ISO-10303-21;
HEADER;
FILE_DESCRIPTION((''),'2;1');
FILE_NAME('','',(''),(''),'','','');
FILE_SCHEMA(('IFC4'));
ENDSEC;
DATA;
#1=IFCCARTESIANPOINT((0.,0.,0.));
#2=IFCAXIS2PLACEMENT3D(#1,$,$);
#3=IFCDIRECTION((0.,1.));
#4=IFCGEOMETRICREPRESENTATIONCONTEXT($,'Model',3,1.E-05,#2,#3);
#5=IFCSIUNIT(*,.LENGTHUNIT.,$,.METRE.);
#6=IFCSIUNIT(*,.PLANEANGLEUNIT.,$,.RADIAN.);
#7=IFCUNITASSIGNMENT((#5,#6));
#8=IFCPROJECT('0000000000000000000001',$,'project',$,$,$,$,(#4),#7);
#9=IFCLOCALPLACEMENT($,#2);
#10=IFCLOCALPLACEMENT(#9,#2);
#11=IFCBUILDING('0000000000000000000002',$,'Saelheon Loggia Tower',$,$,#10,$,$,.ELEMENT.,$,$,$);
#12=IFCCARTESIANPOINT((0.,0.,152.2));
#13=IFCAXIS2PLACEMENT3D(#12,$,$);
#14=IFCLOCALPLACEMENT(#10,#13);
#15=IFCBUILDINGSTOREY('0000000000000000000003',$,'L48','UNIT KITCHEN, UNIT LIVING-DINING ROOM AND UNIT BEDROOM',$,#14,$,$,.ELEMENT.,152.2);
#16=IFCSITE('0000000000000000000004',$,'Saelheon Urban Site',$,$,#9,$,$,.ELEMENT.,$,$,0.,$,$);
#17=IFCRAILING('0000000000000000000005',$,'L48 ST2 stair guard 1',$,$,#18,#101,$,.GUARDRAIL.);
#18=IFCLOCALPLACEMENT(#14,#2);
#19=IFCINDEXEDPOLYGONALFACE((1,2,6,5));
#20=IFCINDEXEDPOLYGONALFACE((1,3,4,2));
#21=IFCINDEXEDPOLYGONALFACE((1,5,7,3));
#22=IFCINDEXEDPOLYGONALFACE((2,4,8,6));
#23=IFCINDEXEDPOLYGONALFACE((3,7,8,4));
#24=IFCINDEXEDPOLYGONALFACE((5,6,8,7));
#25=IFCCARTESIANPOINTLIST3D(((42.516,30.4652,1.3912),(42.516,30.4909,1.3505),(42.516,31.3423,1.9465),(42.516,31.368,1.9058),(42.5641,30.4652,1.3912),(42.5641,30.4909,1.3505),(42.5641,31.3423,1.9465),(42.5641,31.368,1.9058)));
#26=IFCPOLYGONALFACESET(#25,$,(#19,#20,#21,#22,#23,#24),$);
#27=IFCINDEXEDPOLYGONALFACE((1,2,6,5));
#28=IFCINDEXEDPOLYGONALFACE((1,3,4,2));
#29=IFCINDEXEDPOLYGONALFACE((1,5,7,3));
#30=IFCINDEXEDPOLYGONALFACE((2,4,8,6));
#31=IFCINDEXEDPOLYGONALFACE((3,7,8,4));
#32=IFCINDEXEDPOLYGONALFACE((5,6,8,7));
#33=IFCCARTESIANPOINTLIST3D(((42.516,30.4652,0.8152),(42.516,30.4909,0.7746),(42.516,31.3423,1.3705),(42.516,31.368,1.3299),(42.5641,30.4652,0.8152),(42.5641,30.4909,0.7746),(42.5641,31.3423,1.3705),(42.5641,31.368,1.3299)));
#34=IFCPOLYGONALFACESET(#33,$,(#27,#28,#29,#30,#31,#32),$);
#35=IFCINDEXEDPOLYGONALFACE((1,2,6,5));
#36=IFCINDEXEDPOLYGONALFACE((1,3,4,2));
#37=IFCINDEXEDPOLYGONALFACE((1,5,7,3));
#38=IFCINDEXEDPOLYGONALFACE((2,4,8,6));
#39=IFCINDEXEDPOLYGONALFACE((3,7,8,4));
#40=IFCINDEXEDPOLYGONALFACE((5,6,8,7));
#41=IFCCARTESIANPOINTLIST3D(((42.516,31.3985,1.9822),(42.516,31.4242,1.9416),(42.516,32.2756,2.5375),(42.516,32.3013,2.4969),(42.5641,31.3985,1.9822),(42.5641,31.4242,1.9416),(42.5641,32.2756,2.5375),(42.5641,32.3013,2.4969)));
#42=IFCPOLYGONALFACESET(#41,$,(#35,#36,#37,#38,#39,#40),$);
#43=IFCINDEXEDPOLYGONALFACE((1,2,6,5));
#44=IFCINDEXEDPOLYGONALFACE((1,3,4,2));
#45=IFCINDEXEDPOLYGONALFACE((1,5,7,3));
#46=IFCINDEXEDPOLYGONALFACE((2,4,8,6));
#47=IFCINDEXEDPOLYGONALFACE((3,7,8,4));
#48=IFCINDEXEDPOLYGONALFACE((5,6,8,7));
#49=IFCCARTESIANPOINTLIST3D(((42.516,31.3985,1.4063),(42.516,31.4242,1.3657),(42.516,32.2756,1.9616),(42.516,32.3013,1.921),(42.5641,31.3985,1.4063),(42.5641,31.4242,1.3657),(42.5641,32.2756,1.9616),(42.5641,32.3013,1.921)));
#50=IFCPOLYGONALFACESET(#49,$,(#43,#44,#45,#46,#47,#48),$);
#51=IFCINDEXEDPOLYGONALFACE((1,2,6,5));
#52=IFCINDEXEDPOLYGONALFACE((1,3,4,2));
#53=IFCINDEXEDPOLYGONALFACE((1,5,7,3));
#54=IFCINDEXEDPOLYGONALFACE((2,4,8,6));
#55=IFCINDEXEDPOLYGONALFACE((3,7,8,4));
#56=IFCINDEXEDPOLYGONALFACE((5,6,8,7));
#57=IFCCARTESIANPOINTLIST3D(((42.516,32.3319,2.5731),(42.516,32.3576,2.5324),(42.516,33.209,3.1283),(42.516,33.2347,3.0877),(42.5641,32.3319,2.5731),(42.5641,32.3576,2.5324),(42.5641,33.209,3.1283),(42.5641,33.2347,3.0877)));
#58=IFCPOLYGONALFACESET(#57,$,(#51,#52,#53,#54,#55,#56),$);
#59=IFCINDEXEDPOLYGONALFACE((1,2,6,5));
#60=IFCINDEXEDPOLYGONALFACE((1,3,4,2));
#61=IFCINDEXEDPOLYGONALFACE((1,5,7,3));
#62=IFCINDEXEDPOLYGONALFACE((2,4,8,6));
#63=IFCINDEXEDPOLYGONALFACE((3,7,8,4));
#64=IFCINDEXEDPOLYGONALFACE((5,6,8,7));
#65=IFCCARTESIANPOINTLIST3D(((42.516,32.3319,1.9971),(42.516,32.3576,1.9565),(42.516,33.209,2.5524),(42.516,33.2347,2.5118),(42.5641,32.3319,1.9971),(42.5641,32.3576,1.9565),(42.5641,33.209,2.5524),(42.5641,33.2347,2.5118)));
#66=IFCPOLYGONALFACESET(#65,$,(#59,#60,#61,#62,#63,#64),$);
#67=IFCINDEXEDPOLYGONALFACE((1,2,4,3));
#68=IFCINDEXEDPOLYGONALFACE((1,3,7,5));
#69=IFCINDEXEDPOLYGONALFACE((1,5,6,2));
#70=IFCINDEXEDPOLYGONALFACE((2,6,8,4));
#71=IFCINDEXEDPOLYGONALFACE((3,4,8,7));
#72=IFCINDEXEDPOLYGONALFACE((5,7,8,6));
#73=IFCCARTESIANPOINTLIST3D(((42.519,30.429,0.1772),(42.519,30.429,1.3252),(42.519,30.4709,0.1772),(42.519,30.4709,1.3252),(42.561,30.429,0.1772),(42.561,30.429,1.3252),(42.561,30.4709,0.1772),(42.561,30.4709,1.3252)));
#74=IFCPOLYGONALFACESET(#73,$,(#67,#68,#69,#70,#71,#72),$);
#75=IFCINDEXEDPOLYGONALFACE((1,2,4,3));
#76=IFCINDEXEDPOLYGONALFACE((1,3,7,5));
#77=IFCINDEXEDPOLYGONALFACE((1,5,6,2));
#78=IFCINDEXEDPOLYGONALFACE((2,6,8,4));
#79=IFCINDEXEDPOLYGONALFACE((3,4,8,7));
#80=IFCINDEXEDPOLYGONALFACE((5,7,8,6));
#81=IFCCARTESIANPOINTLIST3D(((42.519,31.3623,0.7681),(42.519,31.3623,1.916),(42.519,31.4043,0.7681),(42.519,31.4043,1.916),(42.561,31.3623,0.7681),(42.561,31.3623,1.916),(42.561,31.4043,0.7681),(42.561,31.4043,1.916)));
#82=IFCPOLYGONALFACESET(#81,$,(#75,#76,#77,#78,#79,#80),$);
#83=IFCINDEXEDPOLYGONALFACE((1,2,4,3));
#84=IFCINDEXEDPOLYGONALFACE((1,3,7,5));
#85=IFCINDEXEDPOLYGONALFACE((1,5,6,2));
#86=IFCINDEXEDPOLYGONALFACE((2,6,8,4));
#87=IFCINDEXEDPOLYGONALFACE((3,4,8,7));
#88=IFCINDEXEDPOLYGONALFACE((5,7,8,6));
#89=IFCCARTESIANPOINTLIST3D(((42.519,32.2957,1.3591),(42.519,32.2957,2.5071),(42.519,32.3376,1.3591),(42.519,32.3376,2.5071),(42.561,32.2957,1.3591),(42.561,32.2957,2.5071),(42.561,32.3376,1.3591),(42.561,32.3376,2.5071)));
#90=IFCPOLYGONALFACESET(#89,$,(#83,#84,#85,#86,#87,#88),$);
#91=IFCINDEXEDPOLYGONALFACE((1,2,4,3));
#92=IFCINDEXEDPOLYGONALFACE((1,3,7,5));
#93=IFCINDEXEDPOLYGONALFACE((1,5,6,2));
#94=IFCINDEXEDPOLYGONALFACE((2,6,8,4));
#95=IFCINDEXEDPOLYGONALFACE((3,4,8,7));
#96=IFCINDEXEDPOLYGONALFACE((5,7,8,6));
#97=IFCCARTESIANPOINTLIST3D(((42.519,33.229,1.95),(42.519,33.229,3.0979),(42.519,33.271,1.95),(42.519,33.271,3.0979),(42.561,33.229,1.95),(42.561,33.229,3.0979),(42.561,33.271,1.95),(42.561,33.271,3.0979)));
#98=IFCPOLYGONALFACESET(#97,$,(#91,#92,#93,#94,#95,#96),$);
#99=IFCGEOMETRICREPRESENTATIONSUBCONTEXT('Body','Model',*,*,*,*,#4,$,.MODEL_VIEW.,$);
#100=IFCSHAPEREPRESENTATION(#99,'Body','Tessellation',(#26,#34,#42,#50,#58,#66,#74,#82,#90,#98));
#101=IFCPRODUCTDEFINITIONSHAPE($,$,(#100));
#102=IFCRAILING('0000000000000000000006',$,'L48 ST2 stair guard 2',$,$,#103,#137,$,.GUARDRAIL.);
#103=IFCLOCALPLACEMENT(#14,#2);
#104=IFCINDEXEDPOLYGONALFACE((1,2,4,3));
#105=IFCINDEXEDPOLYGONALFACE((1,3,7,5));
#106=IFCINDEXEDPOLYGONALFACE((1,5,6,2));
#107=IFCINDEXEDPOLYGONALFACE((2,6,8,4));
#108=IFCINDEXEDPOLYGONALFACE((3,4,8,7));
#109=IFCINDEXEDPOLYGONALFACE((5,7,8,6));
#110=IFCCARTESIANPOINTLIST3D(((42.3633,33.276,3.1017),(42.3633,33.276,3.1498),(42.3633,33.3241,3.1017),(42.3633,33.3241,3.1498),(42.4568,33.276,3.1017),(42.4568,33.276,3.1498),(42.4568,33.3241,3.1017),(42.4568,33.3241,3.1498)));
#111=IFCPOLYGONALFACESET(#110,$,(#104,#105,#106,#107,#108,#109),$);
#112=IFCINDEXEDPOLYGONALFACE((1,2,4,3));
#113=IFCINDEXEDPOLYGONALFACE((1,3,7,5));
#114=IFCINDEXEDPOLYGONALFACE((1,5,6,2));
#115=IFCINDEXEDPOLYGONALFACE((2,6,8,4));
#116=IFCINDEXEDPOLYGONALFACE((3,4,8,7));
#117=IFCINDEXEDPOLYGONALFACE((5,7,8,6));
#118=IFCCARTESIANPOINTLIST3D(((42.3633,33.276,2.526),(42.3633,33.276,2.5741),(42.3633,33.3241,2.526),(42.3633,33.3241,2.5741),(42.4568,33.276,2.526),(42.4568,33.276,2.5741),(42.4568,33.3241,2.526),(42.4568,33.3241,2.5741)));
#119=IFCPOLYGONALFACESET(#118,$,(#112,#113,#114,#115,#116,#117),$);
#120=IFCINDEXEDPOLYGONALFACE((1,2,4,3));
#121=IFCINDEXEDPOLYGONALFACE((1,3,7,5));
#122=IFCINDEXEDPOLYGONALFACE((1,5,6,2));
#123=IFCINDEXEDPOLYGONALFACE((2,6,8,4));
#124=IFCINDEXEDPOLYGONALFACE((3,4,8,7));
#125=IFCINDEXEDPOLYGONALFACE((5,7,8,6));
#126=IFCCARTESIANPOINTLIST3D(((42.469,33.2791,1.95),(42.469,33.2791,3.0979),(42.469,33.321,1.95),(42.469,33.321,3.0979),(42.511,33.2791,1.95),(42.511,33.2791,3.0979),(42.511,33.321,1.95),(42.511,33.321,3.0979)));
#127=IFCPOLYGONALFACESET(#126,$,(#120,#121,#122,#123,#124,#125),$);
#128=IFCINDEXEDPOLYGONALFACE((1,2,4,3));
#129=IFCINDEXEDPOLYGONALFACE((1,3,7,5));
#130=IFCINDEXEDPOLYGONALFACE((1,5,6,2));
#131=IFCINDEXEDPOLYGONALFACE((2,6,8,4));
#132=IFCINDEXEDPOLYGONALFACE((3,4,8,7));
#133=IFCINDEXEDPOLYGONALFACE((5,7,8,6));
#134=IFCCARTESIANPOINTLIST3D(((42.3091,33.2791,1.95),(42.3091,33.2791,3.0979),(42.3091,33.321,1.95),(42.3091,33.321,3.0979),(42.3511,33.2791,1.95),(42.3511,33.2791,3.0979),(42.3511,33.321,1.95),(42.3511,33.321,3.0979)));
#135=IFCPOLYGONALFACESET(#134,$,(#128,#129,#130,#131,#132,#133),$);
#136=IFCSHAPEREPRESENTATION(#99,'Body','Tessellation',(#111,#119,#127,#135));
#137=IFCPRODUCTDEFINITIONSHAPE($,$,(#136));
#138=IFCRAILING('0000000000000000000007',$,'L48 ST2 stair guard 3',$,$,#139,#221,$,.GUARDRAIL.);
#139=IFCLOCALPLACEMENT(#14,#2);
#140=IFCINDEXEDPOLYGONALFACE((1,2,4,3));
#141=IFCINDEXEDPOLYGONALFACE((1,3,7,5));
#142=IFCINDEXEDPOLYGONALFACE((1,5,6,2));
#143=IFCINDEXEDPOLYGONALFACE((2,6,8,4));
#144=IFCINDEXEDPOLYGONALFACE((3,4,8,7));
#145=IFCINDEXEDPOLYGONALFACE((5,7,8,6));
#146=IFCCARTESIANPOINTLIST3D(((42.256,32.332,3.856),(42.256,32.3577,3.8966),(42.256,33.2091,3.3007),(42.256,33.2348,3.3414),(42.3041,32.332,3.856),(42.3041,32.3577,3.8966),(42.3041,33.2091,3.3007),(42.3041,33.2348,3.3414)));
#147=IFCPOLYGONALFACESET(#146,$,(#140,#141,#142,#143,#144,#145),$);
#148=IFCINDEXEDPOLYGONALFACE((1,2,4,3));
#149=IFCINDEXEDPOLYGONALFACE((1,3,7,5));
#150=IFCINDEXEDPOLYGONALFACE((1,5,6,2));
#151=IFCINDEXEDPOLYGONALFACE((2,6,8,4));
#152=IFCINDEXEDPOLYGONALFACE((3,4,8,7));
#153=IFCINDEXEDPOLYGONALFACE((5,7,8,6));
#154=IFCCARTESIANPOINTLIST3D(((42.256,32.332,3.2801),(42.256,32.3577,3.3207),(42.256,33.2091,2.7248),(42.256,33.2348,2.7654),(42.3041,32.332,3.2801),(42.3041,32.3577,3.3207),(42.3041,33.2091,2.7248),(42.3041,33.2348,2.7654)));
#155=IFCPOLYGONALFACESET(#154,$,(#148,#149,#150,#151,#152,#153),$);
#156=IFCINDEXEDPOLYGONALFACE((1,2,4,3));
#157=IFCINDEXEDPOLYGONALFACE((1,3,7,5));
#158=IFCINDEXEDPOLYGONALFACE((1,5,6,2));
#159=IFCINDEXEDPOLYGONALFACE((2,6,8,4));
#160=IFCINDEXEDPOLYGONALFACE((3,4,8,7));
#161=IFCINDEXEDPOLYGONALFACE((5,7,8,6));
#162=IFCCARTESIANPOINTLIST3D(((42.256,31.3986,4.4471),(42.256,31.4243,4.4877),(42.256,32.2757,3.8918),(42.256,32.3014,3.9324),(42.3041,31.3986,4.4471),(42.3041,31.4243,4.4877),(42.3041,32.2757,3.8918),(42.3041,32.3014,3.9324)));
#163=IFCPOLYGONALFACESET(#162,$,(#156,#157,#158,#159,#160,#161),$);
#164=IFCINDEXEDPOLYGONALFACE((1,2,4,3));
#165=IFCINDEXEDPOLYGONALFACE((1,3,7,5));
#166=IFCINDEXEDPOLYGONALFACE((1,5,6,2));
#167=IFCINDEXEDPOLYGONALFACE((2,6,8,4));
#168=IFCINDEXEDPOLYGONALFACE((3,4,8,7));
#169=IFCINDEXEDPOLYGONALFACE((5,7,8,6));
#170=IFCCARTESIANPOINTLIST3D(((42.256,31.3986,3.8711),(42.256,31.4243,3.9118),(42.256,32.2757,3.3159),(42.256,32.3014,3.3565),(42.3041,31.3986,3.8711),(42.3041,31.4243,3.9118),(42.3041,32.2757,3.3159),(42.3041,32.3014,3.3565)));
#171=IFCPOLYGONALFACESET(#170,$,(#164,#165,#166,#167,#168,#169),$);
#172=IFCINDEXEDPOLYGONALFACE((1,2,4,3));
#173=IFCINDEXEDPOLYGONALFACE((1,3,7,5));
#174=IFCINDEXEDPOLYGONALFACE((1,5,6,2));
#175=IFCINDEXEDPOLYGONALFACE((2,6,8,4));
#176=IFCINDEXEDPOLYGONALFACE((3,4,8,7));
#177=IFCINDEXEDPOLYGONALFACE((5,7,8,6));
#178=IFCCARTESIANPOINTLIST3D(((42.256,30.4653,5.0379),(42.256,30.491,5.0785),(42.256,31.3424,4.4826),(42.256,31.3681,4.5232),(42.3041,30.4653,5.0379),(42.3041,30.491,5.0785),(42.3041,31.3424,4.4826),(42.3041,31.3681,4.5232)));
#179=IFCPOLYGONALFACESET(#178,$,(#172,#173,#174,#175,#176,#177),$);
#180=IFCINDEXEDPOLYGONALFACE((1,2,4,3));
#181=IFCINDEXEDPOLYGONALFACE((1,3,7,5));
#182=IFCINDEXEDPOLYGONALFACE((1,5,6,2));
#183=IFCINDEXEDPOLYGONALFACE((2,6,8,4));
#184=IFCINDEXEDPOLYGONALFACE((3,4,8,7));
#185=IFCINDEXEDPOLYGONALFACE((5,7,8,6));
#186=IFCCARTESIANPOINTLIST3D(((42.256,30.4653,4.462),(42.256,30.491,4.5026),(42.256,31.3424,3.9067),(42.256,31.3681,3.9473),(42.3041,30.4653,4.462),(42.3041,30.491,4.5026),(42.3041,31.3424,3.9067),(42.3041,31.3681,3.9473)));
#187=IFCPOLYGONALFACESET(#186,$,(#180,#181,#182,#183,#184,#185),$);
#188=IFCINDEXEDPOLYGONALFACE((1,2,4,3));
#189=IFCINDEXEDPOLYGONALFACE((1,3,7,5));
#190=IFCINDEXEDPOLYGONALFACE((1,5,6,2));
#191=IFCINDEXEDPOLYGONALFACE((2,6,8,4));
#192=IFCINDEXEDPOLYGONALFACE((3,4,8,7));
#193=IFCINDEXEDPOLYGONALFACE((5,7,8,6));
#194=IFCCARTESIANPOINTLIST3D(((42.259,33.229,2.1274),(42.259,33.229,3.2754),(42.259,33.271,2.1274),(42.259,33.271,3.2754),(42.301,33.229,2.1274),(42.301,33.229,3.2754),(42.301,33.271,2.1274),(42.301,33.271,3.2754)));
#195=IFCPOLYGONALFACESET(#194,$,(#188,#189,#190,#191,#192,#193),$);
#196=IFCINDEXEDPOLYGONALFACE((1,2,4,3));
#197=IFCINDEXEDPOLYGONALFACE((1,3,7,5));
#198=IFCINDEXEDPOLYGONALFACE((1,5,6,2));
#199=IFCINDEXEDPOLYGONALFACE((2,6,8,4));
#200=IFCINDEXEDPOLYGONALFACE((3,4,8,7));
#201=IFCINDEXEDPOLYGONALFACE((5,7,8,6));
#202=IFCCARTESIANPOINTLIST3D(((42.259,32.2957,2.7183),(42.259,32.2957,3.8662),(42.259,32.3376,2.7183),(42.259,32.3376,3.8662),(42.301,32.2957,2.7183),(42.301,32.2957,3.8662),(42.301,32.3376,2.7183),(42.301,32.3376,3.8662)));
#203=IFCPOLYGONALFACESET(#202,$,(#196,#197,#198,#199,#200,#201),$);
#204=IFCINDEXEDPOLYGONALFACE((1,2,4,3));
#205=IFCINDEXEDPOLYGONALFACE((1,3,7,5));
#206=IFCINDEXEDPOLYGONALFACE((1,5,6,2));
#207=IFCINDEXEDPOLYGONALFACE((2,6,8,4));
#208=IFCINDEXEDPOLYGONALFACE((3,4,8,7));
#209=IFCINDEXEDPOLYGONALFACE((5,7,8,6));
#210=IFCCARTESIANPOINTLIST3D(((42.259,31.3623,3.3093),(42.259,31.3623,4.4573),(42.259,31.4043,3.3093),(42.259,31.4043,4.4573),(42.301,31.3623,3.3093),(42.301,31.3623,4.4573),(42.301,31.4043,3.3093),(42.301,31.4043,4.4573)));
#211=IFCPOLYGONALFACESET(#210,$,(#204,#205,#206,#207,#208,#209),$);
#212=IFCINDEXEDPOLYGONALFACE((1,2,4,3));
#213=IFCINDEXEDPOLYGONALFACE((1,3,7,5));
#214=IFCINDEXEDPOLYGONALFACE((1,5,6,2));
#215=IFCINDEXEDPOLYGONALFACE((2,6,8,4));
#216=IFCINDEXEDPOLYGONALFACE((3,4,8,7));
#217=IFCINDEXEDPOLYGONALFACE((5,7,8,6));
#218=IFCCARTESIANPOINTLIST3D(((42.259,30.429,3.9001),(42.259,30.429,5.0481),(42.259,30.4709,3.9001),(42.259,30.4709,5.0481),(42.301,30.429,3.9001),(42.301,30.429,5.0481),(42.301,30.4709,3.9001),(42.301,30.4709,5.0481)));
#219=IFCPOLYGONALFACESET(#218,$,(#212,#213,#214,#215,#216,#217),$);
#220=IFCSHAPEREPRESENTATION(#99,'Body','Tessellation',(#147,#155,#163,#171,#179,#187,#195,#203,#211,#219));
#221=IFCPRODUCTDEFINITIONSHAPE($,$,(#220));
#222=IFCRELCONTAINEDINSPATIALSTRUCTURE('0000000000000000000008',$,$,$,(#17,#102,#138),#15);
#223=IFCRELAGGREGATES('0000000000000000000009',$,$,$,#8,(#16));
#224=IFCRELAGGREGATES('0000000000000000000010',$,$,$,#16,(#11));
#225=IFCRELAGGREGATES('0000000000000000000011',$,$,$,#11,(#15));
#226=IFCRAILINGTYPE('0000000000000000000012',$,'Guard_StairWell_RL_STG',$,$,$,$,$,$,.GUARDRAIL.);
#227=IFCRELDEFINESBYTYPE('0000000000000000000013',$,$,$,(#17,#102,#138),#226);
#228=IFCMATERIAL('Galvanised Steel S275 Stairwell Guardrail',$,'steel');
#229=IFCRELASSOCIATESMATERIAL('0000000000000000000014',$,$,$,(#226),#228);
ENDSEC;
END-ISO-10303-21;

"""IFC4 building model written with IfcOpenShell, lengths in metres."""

from ifc_helpers import new_model, si_unit, direction, frame, origin, origin_2d, place, context, subcontext, project, spatial, rectangle, extrude, material, type_object, element, save


model = new_model("IFC4")

# Units and contexts
model_context = context("Model", 3, precision=1e-05, world=origin(), true_north=direction((0.0, 1.0)))
body_context = subcontext(model_context, "Body", "Model", "MODEL_VIEW")
ifc_project = project(units=[si_unit("LENGTHUNIT", "METRE"), si_unit("PLANEANGLEUNIT", "RADIAN")], contexts=[model_context])

# Site, building, storey
site_placement = place(None, origin())
site = spatial("IfcSite", under=ifc_project, at=site_placement, Name="Saelheon Urban Site", CompositionType="ELEMENT", RefElevation=0.0)
building_placement = place(site_placement, origin())
building = spatial("IfcBuilding", under=site, at=building_placement, Name="Saelheon Loggia Tower", CompositionType="ELEMENT")
storey_placement = place(building_placement, frame((0.0, 0.0, 152.2)))
storey = spatial("IfcBuildingStorey", under=building, at=storey_placement, Name="L48", Description="UNIT KITCHEN, UNIT LIVING-DINING ROOM AND UNIT BEDROOM", CompositionType="ELEMENT", Elevation=152.2)

# Railings
ifc_material_1 = material(Name="Galvanised Steel S275 Stairwell Guardrail", Category="steel")
railing_type_1 = type_object("IfcRailingType", Name="Guard_StairWell_RL_STG", PredefinedType="GUARDRAIL", material=ifc_material_1)
railing_1_placement = place(storey_placement, frame((42.54, 30.45, 0.1772)))
element("IfcRailing", 1, at=railing_1_placement, inside=storey, type_object=railing_type_1, Name="L48 ST2 stair guard 1", PredefinedType="GUARDRAIL", context=body_context, shape_type="SweptSolid", body=[
    extrude(rectangle(XDim=0.0481, YDim=0.0481, at=origin_2d()), frame((0.0, 0.0281, 1.1936), z_axis=(0.0, 0.844909, 0.53491), x_axis=(-1.0, 0.0, 0.0)), (0.0, 0.0, 1.0), 1.0381),
    extrude(rectangle(XDim=0.0481, YDim=0.0481, at=origin_2d()), frame((0.0, 0.0281, 0.6177), z_axis=(0.0, 0.844909, 0.53491), x_axis=(-1.0, 0.0, 0.0)), (0.0, 0.0, 1.0), 1.0381),
    extrude(rectangle(XDim=0.0481, YDim=0.0481, at=origin_2d()), frame((0.0, 0.9614, 1.7847), z_axis=(0.0, 0.844909, 0.53491), x_axis=(-1.0, 0.0, 0.0)), (0.0, 0.0, 1.0), 1.0381),
    extrude(rectangle(XDim=0.0481, YDim=0.0481, at=origin_2d()), frame((0.0, 0.9614, 1.2087), z_axis=(0.0, 0.844909, 0.53491), x_axis=(-1.0, 0.0, 0.0)), (0.0, 0.0, 1.0), 1.0381),
    extrude(rectangle(XDim=0.0481, YDim=0.0481, at=origin_2d()), frame((0.0, 1.8948, 2.3755), z_axis=(0.0, 0.844909, 0.53491), x_axis=(-1.0, 0.0, 0.0)), (0.0, 0.0, 1.0), 1.0381),
    extrude(rectangle(XDim=0.0481, YDim=0.0481, at=origin_2d()), frame((0.0, 1.8948, 1.7996), z_axis=(0.0, 0.844909, 0.53491), x_axis=(-1.0, 0.0, 0.0)), (0.0, 0.0, 1.0), 1.0381),
    extrude(rectangle(XDim=0.042, YDim=0.042, at=origin_2d()), origin(), (0.0, 0.0, 1.0), 1.1479),
    extrude(rectangle(XDim=0.042, YDim=0.042, at=origin_2d()), frame((0.0, 0.9333, 0.5908)), (0.0, 0.0, 1.0), 1.1479),
    extrude(rectangle(XDim=0.042, YDim=0.042, at=origin_2d()), frame((0.0, 1.8667, 1.1819)), (0.0, 0.0, 1.0), 1.1479),
    extrude(rectangle(XDim=0.042, YDim=0.042, at=origin_2d()), frame((0.0, 2.8, 1.7727)), (0.0, 0.0, 1.0), 1.1479),
])
railing_2_placement = place(storey_placement, frame((42.49, 33.3, 1.95)))
element("IfcRailing", 2, at=railing_2_placement, inside=storey, type_object=railing_type_1, Name="L48 ST2 stair guard 2", PredefinedType="GUARDRAIL", context=body_context, shape_type="SweptSolid", body=[
    extrude(rectangle(XDim=0.0481, YDim=0.0481, at=origin_2d()), frame((-0.0332, 0.0, 1.1758), z_axis=(-1.0, 0.0, 0.0), x_axis=(0.0, -1.0, 0.0)), (0.0, 0.0, 1.0), 0.0935),
    extrude(rectangle(XDim=0.0481, YDim=0.0481, at=origin_2d()), frame((-0.0332, 0.0, 0.6001), z_axis=(-1.0, 0.0, 0.0), x_axis=(0.0, -1.0, 0.0)), (0.0, 0.0, 1.0), 0.0935),
    extrude(rectangle(XDim=0.042, YDim=0.042, at=origin_2d()), origin(), (0.0, 0.0, 1.0), 1.1479),
    extrude(rectangle(XDim=0.042, YDim=0.042, at=origin_2d()), frame((-0.1599, 0.0, 0.0)), (0.0, 0.0, 1.0), 1.1479),
])
railing_3_placement = place(storey_placement, frame((42.28, 33.25, 2.1274)))
element("IfcRailing", 3, at=railing_3_placement, inside=storey, type_object=railing_type_1, Name="L48 ST2 stair guard 3", PredefinedType="GUARDRAIL", context=body_context, shape_type="SweptSolid", body=[
    extrude(rectangle(XDim=0.0481, YDim=0.0481, at=origin_2d()), frame((0.0, -0.0281, 1.1936), z_axis=(0.0, -0.844909, 0.53491), x_axis=(1.0, 0.0, 0.0)), (0.0, 0.0, 1.0), 1.0381),
    extrude(rectangle(XDim=0.0481, YDim=0.0481, at=origin_2d()), frame((0.0, -0.0281, 0.6177), z_axis=(0.0, -0.844909, 0.53491), x_axis=(1.0, 0.0, 0.0)), (0.0, 0.0, 1.0), 1.0381),
    extrude(rectangle(XDim=0.0481, YDim=0.0481, at=origin_2d()), frame((0.0, -0.9614, 1.7847), z_axis=(0.0, -0.844909, 0.53491), x_axis=(1.0, 0.0, 0.0)), (0.0, 0.0, 1.0), 1.0381),
    extrude(rectangle(XDim=0.0481, YDim=0.0481, at=origin_2d()), frame((0.0, -0.9614, 1.2087), z_axis=(0.0, -0.844909, 0.53491), x_axis=(1.0, 0.0, 0.0)), (0.0, 0.0, 1.0), 1.0381),
    extrude(rectangle(XDim=0.0481, YDim=0.0481, at=origin_2d()), frame((0.0, -1.8948, 2.3755), z_axis=(0.0, -0.844909, 0.53491), x_axis=(1.0, 0.0, 0.0)), (0.0, 0.0, 1.0), 1.0381),
    extrude(rectangle(XDim=0.0481, YDim=0.0481, at=origin_2d()), frame((0.0, -1.8948, 1.7996), z_axis=(0.0, -0.844909, 0.53491), x_axis=(1.0, 0.0, 0.0)), (0.0, 0.0, 1.0), 1.0381),
    extrude(rectangle(XDim=0.042, YDim=0.042, at=origin_2d()), origin(), (0.0, 0.0, 1.0), 1.1479),
    extrude(rectangle(XDim=0.042, YDim=0.042, at=origin_2d()), frame((0.0, -0.9333, 0.5908)), (0.0, 0.0, 1.0), 1.1479),
    extrude(rectangle(XDim=0.042, YDim=0.042, at=origin_2d()), frame((0.0, -1.8667, 1.1819)), (0.0, 0.0, 1.0), 1.1479),
    extrude(rectangle(XDim=0.042, YDim=0.042, at=origin_2d()), frame((0.0, -2.8, 1.7727)), (0.0, 0.0, 1.0), 1.1479),
])

save(model, "model.ifc")
